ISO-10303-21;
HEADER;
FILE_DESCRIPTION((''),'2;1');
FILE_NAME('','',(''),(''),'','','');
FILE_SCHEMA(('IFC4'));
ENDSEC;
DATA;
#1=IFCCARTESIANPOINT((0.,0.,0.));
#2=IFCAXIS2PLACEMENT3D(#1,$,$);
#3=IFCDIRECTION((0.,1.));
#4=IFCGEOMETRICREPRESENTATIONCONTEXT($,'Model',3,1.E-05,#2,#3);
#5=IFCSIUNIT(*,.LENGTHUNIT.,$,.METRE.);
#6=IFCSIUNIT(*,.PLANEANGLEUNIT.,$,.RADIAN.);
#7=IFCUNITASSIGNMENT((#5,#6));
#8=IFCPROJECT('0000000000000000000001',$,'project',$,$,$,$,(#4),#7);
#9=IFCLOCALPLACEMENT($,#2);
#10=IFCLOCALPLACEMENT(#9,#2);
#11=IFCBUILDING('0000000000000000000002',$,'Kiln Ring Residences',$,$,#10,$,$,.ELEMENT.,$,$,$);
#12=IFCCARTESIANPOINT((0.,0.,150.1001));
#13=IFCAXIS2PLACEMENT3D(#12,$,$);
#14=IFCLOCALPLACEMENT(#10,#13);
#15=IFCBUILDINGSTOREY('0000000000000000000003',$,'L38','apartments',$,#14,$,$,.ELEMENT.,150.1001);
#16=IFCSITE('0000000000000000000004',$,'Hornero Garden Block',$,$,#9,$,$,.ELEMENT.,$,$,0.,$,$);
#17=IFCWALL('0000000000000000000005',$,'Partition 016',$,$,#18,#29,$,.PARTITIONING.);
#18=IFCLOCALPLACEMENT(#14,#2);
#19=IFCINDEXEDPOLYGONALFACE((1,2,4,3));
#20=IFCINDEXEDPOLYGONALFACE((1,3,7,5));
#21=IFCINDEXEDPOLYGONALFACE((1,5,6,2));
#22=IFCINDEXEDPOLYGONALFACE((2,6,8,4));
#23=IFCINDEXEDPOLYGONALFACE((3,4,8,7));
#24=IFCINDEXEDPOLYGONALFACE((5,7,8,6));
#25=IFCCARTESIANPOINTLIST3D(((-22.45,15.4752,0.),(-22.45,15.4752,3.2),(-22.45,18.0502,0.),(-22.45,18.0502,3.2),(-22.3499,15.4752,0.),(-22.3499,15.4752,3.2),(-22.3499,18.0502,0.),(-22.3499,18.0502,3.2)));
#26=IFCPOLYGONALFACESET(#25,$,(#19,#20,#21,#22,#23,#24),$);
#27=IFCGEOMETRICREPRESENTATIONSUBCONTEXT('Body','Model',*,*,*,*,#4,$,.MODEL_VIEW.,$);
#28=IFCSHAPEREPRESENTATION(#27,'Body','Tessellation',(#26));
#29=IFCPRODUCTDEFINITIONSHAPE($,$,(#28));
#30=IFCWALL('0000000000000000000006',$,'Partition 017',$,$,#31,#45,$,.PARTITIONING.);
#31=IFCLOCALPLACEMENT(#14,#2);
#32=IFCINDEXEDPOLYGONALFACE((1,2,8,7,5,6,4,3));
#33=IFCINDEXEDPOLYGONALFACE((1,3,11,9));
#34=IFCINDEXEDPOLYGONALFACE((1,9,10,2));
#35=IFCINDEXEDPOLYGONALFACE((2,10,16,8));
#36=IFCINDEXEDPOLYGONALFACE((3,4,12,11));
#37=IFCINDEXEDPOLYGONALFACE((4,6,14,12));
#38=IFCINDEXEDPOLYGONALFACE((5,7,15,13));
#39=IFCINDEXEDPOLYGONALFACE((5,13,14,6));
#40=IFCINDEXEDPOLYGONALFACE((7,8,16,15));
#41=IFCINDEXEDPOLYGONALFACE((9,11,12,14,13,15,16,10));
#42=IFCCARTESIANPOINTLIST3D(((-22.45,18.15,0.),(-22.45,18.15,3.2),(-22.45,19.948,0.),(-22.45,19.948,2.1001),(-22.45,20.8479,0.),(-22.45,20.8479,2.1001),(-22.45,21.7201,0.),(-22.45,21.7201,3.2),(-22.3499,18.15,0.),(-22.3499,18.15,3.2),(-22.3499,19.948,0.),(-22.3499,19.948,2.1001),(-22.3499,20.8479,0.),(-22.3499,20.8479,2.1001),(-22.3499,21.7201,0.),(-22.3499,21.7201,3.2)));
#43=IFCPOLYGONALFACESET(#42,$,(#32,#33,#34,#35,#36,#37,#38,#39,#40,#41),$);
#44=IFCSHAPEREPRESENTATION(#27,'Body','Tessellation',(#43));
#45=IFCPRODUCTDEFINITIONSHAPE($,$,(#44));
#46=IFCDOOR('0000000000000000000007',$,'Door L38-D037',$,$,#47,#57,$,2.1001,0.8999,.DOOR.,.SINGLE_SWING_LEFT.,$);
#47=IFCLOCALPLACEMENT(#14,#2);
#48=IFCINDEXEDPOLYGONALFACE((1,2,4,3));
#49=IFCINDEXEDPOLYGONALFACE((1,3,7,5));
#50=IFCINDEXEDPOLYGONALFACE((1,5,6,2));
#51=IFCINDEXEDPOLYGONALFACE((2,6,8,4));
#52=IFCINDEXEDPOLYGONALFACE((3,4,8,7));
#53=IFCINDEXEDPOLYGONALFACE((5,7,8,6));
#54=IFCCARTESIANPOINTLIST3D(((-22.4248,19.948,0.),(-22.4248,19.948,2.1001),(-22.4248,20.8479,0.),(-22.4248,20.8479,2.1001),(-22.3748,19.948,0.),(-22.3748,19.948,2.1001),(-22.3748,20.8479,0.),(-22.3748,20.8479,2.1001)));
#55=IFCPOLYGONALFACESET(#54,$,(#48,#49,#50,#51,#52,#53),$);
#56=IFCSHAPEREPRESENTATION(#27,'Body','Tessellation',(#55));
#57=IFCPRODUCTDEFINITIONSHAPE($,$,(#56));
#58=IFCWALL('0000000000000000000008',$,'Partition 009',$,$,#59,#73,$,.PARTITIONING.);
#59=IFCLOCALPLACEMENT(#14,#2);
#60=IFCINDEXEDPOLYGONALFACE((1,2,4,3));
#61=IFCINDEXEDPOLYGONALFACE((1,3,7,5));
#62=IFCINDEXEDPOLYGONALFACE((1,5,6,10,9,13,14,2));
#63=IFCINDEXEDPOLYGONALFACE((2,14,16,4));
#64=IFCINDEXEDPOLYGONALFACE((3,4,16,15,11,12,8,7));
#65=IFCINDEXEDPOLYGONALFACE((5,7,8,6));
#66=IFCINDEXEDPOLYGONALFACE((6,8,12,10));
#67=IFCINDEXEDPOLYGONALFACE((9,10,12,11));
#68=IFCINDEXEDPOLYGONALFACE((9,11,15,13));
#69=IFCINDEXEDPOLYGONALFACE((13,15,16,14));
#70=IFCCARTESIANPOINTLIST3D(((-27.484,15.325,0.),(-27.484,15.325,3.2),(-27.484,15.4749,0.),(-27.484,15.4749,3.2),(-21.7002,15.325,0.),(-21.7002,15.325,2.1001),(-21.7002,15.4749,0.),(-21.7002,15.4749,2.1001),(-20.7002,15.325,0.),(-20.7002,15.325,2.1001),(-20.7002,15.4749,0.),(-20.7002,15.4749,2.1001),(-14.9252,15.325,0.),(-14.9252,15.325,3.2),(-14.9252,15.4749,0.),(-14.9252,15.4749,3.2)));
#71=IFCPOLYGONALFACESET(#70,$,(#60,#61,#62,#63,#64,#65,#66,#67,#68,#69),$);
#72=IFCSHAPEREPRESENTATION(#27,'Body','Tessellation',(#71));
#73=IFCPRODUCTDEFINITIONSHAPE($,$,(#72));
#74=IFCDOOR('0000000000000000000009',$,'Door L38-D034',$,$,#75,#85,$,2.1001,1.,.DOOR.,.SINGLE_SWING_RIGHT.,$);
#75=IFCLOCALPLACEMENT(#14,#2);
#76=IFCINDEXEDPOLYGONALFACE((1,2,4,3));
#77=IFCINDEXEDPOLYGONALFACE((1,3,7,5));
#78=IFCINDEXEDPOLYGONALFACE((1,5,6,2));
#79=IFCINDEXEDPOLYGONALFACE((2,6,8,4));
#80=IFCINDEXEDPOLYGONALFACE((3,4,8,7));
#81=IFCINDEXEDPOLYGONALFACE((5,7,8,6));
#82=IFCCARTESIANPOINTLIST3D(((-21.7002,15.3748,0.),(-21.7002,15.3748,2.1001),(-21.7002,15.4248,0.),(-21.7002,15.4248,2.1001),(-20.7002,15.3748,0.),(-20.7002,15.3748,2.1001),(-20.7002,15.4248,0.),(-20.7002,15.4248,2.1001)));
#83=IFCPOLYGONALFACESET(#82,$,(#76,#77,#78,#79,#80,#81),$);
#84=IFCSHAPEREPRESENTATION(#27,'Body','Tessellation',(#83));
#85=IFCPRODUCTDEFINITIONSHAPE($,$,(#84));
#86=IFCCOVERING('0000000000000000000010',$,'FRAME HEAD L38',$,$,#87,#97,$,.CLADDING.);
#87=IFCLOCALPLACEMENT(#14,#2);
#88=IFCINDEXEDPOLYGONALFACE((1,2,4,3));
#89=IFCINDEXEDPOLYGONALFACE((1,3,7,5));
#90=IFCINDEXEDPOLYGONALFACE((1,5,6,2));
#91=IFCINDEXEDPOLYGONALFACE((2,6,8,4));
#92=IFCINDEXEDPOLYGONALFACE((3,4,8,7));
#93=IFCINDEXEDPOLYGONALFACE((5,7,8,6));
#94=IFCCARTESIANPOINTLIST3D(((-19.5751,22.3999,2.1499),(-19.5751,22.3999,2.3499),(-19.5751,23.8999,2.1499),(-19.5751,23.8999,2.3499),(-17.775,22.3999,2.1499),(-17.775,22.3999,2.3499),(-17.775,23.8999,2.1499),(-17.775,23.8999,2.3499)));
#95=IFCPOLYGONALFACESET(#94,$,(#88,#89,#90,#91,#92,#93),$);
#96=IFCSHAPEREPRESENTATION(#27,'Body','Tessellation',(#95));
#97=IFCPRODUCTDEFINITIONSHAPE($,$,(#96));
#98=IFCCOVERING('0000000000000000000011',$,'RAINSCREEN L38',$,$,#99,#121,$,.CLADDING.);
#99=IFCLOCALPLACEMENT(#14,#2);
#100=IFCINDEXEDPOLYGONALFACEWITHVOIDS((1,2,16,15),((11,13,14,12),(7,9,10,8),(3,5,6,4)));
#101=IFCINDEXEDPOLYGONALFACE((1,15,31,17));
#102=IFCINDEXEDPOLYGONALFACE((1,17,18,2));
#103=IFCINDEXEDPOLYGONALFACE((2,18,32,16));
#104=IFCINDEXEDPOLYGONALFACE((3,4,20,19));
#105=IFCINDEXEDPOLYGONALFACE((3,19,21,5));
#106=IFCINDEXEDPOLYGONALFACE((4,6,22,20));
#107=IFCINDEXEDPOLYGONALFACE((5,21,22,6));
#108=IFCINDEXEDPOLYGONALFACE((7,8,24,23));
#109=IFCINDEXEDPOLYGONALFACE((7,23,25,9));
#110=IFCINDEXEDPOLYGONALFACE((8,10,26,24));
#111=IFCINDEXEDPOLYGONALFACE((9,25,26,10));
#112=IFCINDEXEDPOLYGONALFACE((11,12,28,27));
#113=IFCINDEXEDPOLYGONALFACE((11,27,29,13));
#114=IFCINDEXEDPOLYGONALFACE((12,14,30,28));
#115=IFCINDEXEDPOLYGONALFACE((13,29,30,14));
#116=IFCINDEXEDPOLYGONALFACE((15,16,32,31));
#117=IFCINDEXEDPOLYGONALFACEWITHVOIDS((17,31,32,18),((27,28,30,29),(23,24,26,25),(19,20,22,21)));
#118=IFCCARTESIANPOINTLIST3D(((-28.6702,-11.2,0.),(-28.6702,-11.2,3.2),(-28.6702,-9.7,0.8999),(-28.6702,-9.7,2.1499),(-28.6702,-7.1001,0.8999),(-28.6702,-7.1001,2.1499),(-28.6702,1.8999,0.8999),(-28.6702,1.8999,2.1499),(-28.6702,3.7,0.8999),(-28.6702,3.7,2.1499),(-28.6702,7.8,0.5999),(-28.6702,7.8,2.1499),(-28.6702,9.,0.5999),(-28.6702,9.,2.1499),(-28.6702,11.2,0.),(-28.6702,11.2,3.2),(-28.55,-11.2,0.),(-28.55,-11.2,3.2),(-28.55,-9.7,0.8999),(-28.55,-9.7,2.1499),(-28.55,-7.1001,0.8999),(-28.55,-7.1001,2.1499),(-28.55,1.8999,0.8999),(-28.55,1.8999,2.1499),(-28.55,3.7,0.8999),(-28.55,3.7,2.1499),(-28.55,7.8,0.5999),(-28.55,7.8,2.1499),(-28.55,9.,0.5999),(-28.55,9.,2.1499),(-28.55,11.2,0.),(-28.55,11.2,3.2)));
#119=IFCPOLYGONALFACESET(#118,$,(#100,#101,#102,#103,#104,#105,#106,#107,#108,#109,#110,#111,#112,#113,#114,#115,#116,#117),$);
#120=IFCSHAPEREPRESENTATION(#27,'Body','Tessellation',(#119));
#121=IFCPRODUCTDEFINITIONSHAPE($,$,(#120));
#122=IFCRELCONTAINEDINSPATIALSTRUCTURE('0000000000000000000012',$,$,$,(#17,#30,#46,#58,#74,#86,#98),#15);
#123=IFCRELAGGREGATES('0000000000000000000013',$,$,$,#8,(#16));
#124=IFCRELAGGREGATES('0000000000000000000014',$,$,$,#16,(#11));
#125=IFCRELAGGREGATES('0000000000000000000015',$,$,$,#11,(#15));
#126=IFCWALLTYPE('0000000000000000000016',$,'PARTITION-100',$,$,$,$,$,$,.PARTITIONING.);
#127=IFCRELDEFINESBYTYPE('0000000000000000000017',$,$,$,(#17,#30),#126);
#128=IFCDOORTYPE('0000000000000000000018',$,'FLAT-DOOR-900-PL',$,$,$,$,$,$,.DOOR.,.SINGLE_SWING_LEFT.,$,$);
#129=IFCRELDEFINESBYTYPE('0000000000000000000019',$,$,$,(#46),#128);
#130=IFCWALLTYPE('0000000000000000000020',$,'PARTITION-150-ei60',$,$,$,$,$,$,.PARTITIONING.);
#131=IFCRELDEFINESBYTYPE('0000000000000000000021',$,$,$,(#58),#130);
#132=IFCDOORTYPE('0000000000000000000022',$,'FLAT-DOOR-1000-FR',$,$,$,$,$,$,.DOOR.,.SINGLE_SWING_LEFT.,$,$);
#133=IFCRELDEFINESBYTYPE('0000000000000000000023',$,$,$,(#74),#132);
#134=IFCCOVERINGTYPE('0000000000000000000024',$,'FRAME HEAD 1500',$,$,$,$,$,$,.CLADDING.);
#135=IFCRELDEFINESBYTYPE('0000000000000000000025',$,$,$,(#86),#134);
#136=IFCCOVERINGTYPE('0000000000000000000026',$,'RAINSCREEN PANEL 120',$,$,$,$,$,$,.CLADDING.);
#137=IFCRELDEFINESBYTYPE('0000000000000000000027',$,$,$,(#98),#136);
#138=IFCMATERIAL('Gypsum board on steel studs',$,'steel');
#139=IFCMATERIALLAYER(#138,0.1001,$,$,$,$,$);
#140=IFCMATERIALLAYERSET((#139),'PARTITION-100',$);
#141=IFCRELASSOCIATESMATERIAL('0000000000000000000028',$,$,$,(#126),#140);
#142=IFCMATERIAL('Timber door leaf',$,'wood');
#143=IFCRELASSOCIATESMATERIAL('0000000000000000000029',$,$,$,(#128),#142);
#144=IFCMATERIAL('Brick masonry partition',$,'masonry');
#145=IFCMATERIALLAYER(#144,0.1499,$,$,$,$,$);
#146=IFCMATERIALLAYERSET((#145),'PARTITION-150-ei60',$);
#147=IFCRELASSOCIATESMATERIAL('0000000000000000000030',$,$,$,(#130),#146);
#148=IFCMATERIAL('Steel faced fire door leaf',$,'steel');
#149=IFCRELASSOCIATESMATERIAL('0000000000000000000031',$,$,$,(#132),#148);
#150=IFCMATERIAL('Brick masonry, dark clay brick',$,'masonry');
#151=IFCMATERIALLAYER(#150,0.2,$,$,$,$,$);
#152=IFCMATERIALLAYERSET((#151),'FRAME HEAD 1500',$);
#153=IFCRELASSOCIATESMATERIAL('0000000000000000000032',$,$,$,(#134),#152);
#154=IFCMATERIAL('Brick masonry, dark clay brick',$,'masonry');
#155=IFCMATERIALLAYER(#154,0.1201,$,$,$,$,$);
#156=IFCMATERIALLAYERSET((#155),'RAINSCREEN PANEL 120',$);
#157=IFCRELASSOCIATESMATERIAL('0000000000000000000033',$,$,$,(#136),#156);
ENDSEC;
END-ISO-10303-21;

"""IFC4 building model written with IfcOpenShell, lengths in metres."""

from ifc_helpers import new_model, si_unit, direction, frame, frame_2d, origin, origin_2d, place, context, subcontext, project, spatial, polyline, rectangle, outline, extrude, material, layer, layer_set, type_object, element, fill, save


model = new_model("IFC4")

# Units and contexts
model_context = context("Model", 3, precision=1e-05, world=origin(), true_north=direction((0.0, 1.0)))
body_context = subcontext(model_context, "Body", "Model", "MODEL_VIEW")
ifc_project = project(units=[si_unit("LENGTHUNIT", "METRE"), si_unit("PLANEANGLEUNIT", "RADIAN")], contexts=[model_context])

# Site, building, storey
site_placement = place(None, origin())
site = spatial("IfcSite", under=ifc_project, at=site_placement, Name="Hornero Garden Block", CompositionType="ELEMENT", RefElevation=0.0)
building_placement = place(site_placement, origin())
building = spatial("IfcBuilding", under=site, at=building_placement, Name="Kiln Ring Residences", CompositionType="ELEMENT")
storey_placement = place(building_placement, frame((0.0, 0.0, 150.1001)))
storey = spatial("IfcBuildingStorey", under=building, at=storey_placement, Name="L38", Description="apartments", CompositionType="ELEMENT", Elevation=150.1001)

# Shared definitions
ifc_material_1 = material(Name="Gypsum board on steel studs", Category="steel")
ifc_layer_1 = layer(ifc_material_1, 0.1001)
ifc_layer_set_1 = layer_set([ifc_layer_1], Name="PARTITION-100")
wall_type_1 = type_object("IfcWallType", Name="PARTITION-100", PredefinedType="PARTITIONING", material=ifc_layer_set_1)
ifc_material_2 = material(Name="Timber door leaf", Category="wood")
door_type_1 = type_object("IfcDoorType", Name="FLAT-DOOR-900-PL", OperationType="SINGLE_SWING_LEFT", PredefinedType="DOOR", material=ifc_material_2)

# Wall
wall_1_placement = place(storey_placement, frame((-22.3999, 15.4751, 0.0), z_axis=(0.0, 0.0, 1.0), x_axis=(0.0, 1.0, 0.0)))
element("IfcWall", 1, at=wall_1_placement, inside=storey, type_object=wall_type_1, Name="Partition 016", PredefinedType="PARTITIONING", context=body_context, shape_type="SweptSolid", body=[
    extrude(rectangle(XDim=2.575, YDim=0.1001, at=frame_2d((1.2876, 0.0))), origin(), (0.0, 0.0, 1.0), 3.2),
])

# Walls, openings, doors
wall_2_placement = place(storey_placement, frame((-22.3999, 18.1499, 0.0), z_axis=(0.0, 0.0, 1.0), x_axis=(0.0, 1.0, 0.0)))
wall_2 = element("IfcWall", 2, at=wall_2_placement, inside=storey, type_object=wall_type_1, Name="Partition 017", PredefinedType="PARTITIONING", context=body_context, shape_type="SweptSolid", body=[
    extrude(rectangle(XDim=3.5701, YDim=0.1001, at=frame_2d((1.7852, 0.0))), origin(), (0.0, 0.0, 1.0), 3.2),
])
opening_1_placement = place(wall_2_placement, frame((1.7981, 0.0, 0.0)))
opening_1 = element("IfcOpeningElement", 3, at=opening_1_placement, cuts=wall_2, PredefinedType="OPENING", context=body_context, shape_type="SweptSolid", body=[
    extrude(rectangle(XDim=0.8999, YDim=2.1001, at=frame_2d((0.45, 1.05))), frame((0.0, 0.0601, 0.0), z_axis=(0.0, -1.0, 0.0), x_axis=(1.0, 0.0, 0.0)), (0.0, 0.0, 1.0), 0.1201),
])
door_1_placement = place(opening_1_placement, origin())
door_1 = element("IfcDoor", 4, at=door_1_placement, inside=storey, type_object=door_type_1, Name="Door L38-D037", OperationType="SINGLE_SWING_LEFT", OverallHeight=2.1001, OverallWidth=0.8999, PredefinedType="DOOR", context=body_context, shape_type="SweptSolid", body=[
    extrude(rectangle(XDim=0.8999, YDim=2.1001, at=frame_2d((0.45, 1.05))), frame((0.0, 0.0249, 0.0), z_axis=(0.0, -1.0, 0.0), x_axis=(1.0, 0.0, 0.0)), (0.0, 0.0, 1.0), 0.05),
])
fill(opening_1, door_1)
ifc_material_3 = material(Name="Brick masonry partition", Category="masonry")
ifc_layer_2 = layer(ifc_material_3, 0.1499)
ifc_layer_set_2 = layer_set([ifc_layer_2], Name="PARTITION-150-ei60")
wall_type_2 = type_object("IfcWallType", Name="PARTITION-150-ei60", PredefinedType="PARTITIONING", material=ifc_layer_set_2)
wall_3_placement = place(storey_placement, frame((-27.4839, 15.3999, 0.0), z_axis=(0.0, 0.0, 1.0), x_axis=(1.0, 0.0, 0.0)))
wall_3 = element("IfcWall", 5, at=wall_3_placement, inside=storey, type_object=wall_type_2, Name="Partition 009", PredefinedType="PARTITIONING", context=body_context, shape_type="SweptSolid", body=[
    extrude(rectangle(XDim=12.5588, YDim=0.1499, at=frame_2d((6.2793, 0.0))), origin(), (0.0, 0.0, 1.0), 3.2),
])
opening_2_placement = place(wall_3_placement, frame((5.7837, 0.0, 0.0)))
opening_2 = element("IfcOpeningElement", 6, at=opening_2_placement, cuts=wall_3, PredefinedType="OPENING", context=body_context, shape_type="SweptSolid", body=[
    extrude(rectangle(XDim=1.0, YDim=2.1001, at=frame_2d((0.5, 1.05))), frame((0.0, 0.085, 0.0), z_axis=(0.0, -1.0, 0.0), x_axis=(1.0, 0.0, 0.0)), (0.0, 0.0, 1.0), 0.1699),
])
ifc_material_4 = material(Name="Steel faced fire door leaf", Category="steel")
door_type_2 = type_object("IfcDoorType", Name="FLAT-DOOR-1000-FR", OperationType="SINGLE_SWING_LEFT", PredefinedType="DOOR", material=ifc_material_4)
door_2_placement = place(opening_2_placement, origin())
door_2 = element("IfcDoor", 7, at=door_2_placement, inside=storey, type_object=door_type_2, Name="Door L38-D034", OperationType="SINGLE_SWING_RIGHT", OverallHeight=2.1001, OverallWidth=1.0, PredefinedType="DOOR", context=body_context, shape_type="SweptSolid", body=[
    extrude(rectangle(XDim=1.0, YDim=2.1001, at=frame_2d((0.5, 1.05))), frame((0.0, 0.0249, 0.0), z_axis=(0.0, -1.0, 0.0), x_axis=(1.0, 0.0, 0.0)), (0.0, 0.0, 1.0), 0.05),
])
fill(opening_2, door_2)

# Coverings
ifc_material_5 = material(Name="Brick masonry, dark clay brick", Category="masonry")
ifc_layer_3 = layer(ifc_material_5, 0.2)
ifc_layer_set_3 = layer_set([ifc_layer_3], Name="FRAME HEAD 1500")
covering_type_1 = type_object("IfcCoveringType", Name="FRAME HEAD 1500", PredefinedType="CLADDING", material=ifc_layer_set_3)
covering_1_placement = place(storey_placement, frame((-18.675, 23.1499, 2.1499), z_axis=(0.0, 0.0, 1.0), x_axis=(-1.0, 0.0, 0.0)))
element("IfcCovering", 8, at=covering_1_placement, inside=storey, type_object=covering_type_1, Name="FRAME HEAD L38", PredefinedType="CLADDING", context=body_context, shape_type="SweptSolid", body=[
    extrude(rectangle(XDim=1.8, YDim=1.5, at=origin_2d()), origin(), (0.0, 0.0, 1.0), 0.2),
])
ifc_material_6 = material(Name="Brick masonry, dark clay brick", Category="masonry")
ifc_layer_4 = layer(ifc_material_6, 0.1201)
ifc_layer_set_4 = layer_set([ifc_layer_4], Name="RAINSCREEN PANEL 120")
covering_type_2 = type_object("IfcCoveringType", Name="RAINSCREEN PANEL 120", PredefinedType="CLADDING", material=ifc_layer_set_4)
covering_2_placement = place(storey_placement, frame((-28.6101, 11.2, 0.0), z_axis=(0.0, 0.0, 1.0), x_axis=(0.0, -1.0, 0.0)))
element("IfcCovering", 9, at=covering_2_placement, inside=storey, type_object=covering_type_2, Name="RAINSCREEN L38", PredefinedType="CLADDING", context=body_context, shape_type="SweptSolid", body=[
    extrude(outline(polyline([(0.0, 0.0), (22.3999, 0.0), (22.3999, 3.2), (0.0, 3.2), (0.0, 0.0)]), holes=[polyline([(3.3999, 2.1499), (2.2, 2.1499), (2.2, 0.5999), (3.3999, 0.5999), (3.3999, 2.1499)]), polyline([(9.3, 0.8999), (9.3, 2.1499), (7.5, 2.1499), (7.5, 0.8999), (9.3, 0.8999)]), polyline([(20.8999, 0.8999), (20.8999, 2.1499), (18.3, 2.1499), (18.3, 0.8999), (20.8999, 0.8999)])]), frame((0.0, 0.0601, 0.0), z_axis=(0.0, -1.0, 0.0), x_axis=(1.0, 0.0, 0.0)), (0.0, 0.0, 1.0), 0.1201),
])

save(model, "model.ifc")
